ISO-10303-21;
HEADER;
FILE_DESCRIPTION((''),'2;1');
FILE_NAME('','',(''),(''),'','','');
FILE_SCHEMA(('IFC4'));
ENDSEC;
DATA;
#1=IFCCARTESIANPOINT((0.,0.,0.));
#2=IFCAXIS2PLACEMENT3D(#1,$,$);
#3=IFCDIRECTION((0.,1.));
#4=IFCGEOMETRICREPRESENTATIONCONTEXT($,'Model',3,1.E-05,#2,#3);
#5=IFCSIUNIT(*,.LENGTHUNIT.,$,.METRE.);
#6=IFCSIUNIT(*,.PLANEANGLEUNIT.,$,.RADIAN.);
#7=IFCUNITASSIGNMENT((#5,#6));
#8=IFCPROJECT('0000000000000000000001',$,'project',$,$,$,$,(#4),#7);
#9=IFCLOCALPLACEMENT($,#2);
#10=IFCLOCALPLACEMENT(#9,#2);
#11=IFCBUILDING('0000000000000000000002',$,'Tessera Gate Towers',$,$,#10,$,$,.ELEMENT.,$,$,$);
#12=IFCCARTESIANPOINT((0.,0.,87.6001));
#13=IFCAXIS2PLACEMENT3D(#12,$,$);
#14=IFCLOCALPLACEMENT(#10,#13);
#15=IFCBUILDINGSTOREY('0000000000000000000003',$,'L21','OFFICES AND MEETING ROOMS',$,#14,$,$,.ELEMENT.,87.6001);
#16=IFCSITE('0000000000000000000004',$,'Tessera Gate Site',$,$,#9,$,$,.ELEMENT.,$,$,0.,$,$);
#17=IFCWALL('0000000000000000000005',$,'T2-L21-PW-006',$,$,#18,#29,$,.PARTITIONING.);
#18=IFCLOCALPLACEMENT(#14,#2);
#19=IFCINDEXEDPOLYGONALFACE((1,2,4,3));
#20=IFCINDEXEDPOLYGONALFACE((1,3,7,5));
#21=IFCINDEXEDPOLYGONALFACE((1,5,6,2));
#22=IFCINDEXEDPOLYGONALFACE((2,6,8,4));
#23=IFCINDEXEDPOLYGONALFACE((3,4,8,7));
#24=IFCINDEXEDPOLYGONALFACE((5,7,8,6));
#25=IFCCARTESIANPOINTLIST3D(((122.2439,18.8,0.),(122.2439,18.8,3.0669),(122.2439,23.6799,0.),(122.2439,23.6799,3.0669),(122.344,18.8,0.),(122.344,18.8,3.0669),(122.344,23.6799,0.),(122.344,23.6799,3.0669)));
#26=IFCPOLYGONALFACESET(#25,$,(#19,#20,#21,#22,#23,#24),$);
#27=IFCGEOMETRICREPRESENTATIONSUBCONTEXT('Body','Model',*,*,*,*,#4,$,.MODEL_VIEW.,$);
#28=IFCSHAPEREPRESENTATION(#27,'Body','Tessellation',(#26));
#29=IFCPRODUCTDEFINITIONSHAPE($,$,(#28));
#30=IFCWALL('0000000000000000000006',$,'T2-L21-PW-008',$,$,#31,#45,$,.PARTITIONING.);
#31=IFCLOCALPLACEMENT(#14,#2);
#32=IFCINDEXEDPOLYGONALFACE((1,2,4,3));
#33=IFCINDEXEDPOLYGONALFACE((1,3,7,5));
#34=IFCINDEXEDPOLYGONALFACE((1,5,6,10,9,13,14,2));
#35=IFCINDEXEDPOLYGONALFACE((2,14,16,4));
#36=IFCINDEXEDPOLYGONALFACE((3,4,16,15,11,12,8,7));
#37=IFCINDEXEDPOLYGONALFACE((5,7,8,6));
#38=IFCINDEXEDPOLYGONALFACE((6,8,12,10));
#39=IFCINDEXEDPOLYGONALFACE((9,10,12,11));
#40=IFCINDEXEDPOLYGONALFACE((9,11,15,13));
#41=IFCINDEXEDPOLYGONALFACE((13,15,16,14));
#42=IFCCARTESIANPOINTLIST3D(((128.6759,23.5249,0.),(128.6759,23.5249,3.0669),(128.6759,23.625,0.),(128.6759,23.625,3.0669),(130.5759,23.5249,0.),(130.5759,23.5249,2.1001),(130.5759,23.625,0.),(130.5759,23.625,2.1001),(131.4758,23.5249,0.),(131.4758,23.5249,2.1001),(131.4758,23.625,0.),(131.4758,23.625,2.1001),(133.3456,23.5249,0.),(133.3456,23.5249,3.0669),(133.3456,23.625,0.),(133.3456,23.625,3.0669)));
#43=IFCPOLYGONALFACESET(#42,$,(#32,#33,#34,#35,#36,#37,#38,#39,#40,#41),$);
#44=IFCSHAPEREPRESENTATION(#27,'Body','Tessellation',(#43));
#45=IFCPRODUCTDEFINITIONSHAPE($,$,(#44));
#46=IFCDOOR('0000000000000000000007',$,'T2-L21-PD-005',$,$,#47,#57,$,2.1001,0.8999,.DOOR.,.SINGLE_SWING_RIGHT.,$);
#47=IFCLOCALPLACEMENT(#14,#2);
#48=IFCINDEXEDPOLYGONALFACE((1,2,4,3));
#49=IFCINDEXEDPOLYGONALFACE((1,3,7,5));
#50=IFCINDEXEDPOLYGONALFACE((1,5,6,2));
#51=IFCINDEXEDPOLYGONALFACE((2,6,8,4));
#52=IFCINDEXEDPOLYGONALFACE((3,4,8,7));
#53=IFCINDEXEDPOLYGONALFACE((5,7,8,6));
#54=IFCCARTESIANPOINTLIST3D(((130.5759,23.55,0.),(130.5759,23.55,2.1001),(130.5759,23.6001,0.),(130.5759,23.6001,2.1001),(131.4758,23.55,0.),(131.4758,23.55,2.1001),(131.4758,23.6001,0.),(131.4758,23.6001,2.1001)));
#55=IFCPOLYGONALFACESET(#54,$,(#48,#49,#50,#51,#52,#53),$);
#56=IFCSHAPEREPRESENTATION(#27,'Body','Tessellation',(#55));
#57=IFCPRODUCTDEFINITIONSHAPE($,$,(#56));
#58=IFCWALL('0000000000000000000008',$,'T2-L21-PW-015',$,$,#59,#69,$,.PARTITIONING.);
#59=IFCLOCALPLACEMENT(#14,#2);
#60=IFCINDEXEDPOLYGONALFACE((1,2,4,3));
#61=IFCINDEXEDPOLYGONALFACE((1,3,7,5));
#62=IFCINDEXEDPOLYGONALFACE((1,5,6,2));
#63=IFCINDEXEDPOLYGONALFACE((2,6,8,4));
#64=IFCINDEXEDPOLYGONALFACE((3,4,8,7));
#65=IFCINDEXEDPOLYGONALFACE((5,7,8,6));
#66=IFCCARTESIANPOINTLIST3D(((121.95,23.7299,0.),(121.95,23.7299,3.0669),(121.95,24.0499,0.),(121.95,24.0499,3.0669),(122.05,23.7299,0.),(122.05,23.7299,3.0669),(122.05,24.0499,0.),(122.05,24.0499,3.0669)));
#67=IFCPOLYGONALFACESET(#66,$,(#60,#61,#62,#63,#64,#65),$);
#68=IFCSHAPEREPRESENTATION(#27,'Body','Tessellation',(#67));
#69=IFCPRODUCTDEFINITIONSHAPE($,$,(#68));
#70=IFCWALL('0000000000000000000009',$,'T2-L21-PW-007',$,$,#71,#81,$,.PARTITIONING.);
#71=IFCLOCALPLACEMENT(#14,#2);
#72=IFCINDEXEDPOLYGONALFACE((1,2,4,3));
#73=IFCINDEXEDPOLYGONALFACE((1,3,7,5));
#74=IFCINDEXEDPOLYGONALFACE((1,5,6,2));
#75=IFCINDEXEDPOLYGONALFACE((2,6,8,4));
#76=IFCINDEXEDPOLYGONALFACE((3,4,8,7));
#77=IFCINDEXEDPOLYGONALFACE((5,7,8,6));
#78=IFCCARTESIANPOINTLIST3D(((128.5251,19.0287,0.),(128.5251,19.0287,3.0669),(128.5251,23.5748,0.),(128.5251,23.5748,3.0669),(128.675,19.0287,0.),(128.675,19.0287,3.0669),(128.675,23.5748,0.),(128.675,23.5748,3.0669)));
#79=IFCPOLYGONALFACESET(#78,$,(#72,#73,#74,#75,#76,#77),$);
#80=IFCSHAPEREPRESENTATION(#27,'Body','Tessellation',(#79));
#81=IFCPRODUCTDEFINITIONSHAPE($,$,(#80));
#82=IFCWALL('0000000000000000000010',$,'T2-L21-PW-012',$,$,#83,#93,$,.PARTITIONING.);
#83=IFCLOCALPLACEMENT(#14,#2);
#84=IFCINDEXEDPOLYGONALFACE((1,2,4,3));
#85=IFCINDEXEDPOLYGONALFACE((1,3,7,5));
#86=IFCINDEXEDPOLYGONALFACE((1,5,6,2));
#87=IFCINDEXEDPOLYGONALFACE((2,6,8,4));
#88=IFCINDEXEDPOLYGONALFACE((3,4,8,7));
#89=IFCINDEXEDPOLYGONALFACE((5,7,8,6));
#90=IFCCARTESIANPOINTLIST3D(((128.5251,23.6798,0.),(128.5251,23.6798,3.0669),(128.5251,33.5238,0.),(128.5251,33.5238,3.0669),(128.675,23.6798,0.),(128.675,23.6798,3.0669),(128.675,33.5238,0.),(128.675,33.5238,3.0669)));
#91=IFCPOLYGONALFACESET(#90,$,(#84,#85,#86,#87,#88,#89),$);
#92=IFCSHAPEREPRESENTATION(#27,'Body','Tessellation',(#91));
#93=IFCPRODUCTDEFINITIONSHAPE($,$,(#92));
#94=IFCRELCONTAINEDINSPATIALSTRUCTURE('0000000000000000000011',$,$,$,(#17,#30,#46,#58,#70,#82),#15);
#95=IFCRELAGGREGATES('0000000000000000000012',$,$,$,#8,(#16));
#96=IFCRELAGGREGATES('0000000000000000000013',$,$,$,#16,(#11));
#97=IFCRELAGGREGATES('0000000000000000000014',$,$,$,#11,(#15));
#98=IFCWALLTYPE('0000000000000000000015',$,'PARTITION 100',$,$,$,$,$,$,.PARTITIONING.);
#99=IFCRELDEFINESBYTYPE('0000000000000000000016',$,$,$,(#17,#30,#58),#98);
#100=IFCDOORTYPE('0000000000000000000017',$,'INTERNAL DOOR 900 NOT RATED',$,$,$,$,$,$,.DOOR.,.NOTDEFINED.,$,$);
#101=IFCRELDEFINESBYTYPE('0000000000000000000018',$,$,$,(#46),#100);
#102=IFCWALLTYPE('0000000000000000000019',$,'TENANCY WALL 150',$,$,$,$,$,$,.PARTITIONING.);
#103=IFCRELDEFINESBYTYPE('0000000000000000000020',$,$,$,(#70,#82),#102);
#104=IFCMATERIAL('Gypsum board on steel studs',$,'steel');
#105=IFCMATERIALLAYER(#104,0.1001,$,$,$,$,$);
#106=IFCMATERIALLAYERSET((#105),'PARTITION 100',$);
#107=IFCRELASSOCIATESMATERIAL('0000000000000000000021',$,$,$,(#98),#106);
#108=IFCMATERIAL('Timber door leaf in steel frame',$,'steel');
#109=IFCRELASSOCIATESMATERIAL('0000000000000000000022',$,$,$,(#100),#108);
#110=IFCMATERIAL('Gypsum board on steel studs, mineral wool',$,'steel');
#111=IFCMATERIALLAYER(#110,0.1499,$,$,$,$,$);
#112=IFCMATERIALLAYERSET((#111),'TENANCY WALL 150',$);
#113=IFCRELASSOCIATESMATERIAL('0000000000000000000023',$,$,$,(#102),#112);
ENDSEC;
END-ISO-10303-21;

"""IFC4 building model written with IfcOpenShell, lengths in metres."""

from ifc_helpers import new_model, si_unit, direction, frame, frame_2d, origin, place, context, subcontext, project, spatial, rectangle, extrude, source, transform, mapped, material, layer, layer_set, type_object, element, fill, save


model = new_model("IFC4")

# Units and contexts
model_context = context("Model", 3, precision=1e-05, world=origin(), true_north=direction((0.0, 1.0)))
body_context = subcontext(model_context, "Body", "Model", "MODEL_VIEW")
ifc_project = project(units=[si_unit("LENGTHUNIT", "METRE"), si_unit("PLANEANGLEUNIT", "RADIAN")], contexts=[model_context])

# Site, building, storey
site_placement = place(None, origin())
site = spatial("IfcSite", under=ifc_project, at=site_placement, Name="Tessera Gate Site", CompositionType="ELEMENT", RefElevation=0.0)
building_placement = place(site_placement, origin())
building = spatial("IfcBuilding", under=site, at=building_placement, Name="Tessera Gate Towers", CompositionType="ELEMENT")
storey_placement = place(building_placement, frame((0.0, 0.0, 87.6001)))
storey = spatial("IfcBuildingStorey", under=building, at=storey_placement, Name="L21", Description="OFFICES AND MEETING ROOMS", CompositionType="ELEMENT", Elevation=87.6001)

# Shared definitions
shared_shape_1 = source(origin(), body_context, "Body", "SweptSolid", [
    extrude(rectangle(XDim=0.8999, YDim=2.1001, at=frame_2d((0.45, 1.05))), frame((0.0, 0.0601, 0.0), z_axis=(0.0, -1.0, 0.0), x_axis=(1.0, 0.0, 0.0)), (0.0, 0.0, 1.0), 0.1201),
])
shared_shape_2 = source(origin(), body_context, "Body", "SweptSolid", [
    extrude(rectangle(XDim=0.8999, YDim=2.1001, at=frame_2d((0.45, 1.05))), frame((0.0, 0.0249, 0.0), z_axis=(0.0, -1.0, 0.0), x_axis=(1.0, 0.0, 0.0)), (0.0, 0.0, 1.0), 0.05),
])

# Wall
ifc_material_1 = material(Name="Gypsum board on steel studs", Category="steel")
ifc_layer_1 = layer(ifc_material_1, 0.1001)
ifc_layer_set_1 = layer_set([ifc_layer_1], Name="PARTITION 100")
wall_type_1 = type_object("IfcWallType", Name="PARTITION 100", PredefinedType="PARTITIONING", material=ifc_layer_set_1)
wall_1_placement = place(storey_placement, frame((122.2939, 18.8, 0.0), z_axis=(0.0, 0.0, 1.0), x_axis=(0.0, 1.0, 0.0)))
element("IfcWall", 1, at=wall_1_placement, inside=storey, type_object=wall_type_1, Name="T2-L21-PW-006", PredefinedType="PARTITIONING", context=body_context, shape_type="SweptSolid", body=[
    extrude(rectangle(XDim=4.8799, YDim=0.1001, at=frame_2d((2.4399, 0.0))), origin(), (0.0, 0.0, 1.0), 3.0669),
])

# Wall, opening, door
wall_2_placement = place(storey_placement, frame((133.3457, 23.575, 0.0), z_axis=(0.0, 0.0, 1.0), x_axis=(-1.0, 0.0, 0.0)))
wall_2 = element("IfcWall", 2, at=wall_2_placement, inside=storey, type_object=wall_type_1, Name="T2-L21-PW-008", PredefinedType="PARTITIONING", context=body_context, shape_type="SweptSolid", body=[
    extrude(rectangle(XDim=4.6697, YDim=0.1001, at=frame_2d((2.335, 0.0))), origin(), (0.0, 0.0, 1.0), 3.0669),
])
opening_1_placement = place(wall_2_placement, frame((1.8699, 0.0, 0.0)))
opening_1 = element("IfcOpeningElement", 3, at=opening_1_placement, cuts=wall_2, PredefinedType="OPENING", context=body_context, shape_type="MappedRepresentation", body=[
    mapped(shared_shape_1, transform((0.0, 0.0, 0.0), scale=1.0)),
])
ifc_material_2 = material(Name="Timber door leaf in steel frame", Category="steel")
door_type_1 = type_object("IfcDoorType", Name="INTERNAL DOOR 900 NOT RATED", OperationType="NOTDEFINED", PredefinedType="DOOR", material=ifc_material_2)
door_1_placement = place(opening_1_placement, origin())
door_1 = element("IfcDoor", 4, at=door_1_placement, inside=storey, type_object=door_type_1, Name="T2-L21-PD-005", OperationType="SINGLE_SWING_RIGHT", OverallHeight=2.1001, OverallWidth=0.8999, PredefinedType="DOOR", context=body_context, shape_type="MappedRepresentation", body=[
    mapped(shared_shape_2, transform((0.0, 0.0, 0.0), scale=1.0)),
])
fill(opening_1, door_1)

# Walls
wall_3_placement = place(storey_placement, frame((122.0, 24.05, 0.0), z_axis=(0.0, 0.0, 1.0), x_axis=(0.0, -1.0, 0.0)))
element("IfcWall", 5, at=wall_3_placement, inside=storey, type_object=wall_type_1, Name="T2-L21-PW-015", PredefinedType="PARTITIONING", context=body_context, shape_type="SweptSolid", body=[
    extrude(rectangle(XDim=0.3201, YDim=0.1001, at=frame_2d((0.1602, 0.0))), origin(), (0.0, 0.0, 1.0), 3.0669),
])
ifc_material_3 = material(Name="Gypsum board on steel studs, mineral wool", Category="steel")
ifc_layer_2 = layer(ifc_material_3, 0.1499)
ifc_layer_set_2 = layer_set([ifc_layer_2], Name="TENANCY WALL 150")
wall_type_2 = type_object("IfcWallType", Name="TENANCY WALL 150", PredefinedType="PARTITIONING", material=ifc_layer_set_2)
wall_4_placement = place(storey_placement, frame((128.6001, 19.0288, 0.0), z_axis=(0.0, 0.0, 1.0), x_axis=(0.0, 1.0, 0.0)))
element("IfcWall", 6, at=wall_4_placement, inside=storey, type_object=wall_type_2, Name="T2-L21-PW-007", PredefinedType="PARTITIONING", context=body_context, shape_type="SweptSolid", body=[
    extrude(rectangle(XDim=4.5461, YDim=0.1499, at=frame_2d((2.2729, 0.0))), origin(), (0.0, 0.0, 1.0), 3.0669),
])
wall_5_placement = place(storey_placement, frame((128.6001, 23.6799, 0.0), z_axis=(0.0, 0.0, 1.0), x_axis=(0.0, 1.0, 0.0)))
element("IfcWall", 7, at=wall_5_placement, inside=storey, type_object=wall_type_2, Name="T2-L21-PW-012", PredefinedType="PARTITIONING", context=body_context, shape_type="SweptSolid", body=[
    extrude(rectangle(XDim=9.844, YDim=0.1499, at=frame_2d((4.9219, 0.0))), origin(), (0.0, 0.0, 1.0), 3.0669),
])

save(model, "model.ifc")
